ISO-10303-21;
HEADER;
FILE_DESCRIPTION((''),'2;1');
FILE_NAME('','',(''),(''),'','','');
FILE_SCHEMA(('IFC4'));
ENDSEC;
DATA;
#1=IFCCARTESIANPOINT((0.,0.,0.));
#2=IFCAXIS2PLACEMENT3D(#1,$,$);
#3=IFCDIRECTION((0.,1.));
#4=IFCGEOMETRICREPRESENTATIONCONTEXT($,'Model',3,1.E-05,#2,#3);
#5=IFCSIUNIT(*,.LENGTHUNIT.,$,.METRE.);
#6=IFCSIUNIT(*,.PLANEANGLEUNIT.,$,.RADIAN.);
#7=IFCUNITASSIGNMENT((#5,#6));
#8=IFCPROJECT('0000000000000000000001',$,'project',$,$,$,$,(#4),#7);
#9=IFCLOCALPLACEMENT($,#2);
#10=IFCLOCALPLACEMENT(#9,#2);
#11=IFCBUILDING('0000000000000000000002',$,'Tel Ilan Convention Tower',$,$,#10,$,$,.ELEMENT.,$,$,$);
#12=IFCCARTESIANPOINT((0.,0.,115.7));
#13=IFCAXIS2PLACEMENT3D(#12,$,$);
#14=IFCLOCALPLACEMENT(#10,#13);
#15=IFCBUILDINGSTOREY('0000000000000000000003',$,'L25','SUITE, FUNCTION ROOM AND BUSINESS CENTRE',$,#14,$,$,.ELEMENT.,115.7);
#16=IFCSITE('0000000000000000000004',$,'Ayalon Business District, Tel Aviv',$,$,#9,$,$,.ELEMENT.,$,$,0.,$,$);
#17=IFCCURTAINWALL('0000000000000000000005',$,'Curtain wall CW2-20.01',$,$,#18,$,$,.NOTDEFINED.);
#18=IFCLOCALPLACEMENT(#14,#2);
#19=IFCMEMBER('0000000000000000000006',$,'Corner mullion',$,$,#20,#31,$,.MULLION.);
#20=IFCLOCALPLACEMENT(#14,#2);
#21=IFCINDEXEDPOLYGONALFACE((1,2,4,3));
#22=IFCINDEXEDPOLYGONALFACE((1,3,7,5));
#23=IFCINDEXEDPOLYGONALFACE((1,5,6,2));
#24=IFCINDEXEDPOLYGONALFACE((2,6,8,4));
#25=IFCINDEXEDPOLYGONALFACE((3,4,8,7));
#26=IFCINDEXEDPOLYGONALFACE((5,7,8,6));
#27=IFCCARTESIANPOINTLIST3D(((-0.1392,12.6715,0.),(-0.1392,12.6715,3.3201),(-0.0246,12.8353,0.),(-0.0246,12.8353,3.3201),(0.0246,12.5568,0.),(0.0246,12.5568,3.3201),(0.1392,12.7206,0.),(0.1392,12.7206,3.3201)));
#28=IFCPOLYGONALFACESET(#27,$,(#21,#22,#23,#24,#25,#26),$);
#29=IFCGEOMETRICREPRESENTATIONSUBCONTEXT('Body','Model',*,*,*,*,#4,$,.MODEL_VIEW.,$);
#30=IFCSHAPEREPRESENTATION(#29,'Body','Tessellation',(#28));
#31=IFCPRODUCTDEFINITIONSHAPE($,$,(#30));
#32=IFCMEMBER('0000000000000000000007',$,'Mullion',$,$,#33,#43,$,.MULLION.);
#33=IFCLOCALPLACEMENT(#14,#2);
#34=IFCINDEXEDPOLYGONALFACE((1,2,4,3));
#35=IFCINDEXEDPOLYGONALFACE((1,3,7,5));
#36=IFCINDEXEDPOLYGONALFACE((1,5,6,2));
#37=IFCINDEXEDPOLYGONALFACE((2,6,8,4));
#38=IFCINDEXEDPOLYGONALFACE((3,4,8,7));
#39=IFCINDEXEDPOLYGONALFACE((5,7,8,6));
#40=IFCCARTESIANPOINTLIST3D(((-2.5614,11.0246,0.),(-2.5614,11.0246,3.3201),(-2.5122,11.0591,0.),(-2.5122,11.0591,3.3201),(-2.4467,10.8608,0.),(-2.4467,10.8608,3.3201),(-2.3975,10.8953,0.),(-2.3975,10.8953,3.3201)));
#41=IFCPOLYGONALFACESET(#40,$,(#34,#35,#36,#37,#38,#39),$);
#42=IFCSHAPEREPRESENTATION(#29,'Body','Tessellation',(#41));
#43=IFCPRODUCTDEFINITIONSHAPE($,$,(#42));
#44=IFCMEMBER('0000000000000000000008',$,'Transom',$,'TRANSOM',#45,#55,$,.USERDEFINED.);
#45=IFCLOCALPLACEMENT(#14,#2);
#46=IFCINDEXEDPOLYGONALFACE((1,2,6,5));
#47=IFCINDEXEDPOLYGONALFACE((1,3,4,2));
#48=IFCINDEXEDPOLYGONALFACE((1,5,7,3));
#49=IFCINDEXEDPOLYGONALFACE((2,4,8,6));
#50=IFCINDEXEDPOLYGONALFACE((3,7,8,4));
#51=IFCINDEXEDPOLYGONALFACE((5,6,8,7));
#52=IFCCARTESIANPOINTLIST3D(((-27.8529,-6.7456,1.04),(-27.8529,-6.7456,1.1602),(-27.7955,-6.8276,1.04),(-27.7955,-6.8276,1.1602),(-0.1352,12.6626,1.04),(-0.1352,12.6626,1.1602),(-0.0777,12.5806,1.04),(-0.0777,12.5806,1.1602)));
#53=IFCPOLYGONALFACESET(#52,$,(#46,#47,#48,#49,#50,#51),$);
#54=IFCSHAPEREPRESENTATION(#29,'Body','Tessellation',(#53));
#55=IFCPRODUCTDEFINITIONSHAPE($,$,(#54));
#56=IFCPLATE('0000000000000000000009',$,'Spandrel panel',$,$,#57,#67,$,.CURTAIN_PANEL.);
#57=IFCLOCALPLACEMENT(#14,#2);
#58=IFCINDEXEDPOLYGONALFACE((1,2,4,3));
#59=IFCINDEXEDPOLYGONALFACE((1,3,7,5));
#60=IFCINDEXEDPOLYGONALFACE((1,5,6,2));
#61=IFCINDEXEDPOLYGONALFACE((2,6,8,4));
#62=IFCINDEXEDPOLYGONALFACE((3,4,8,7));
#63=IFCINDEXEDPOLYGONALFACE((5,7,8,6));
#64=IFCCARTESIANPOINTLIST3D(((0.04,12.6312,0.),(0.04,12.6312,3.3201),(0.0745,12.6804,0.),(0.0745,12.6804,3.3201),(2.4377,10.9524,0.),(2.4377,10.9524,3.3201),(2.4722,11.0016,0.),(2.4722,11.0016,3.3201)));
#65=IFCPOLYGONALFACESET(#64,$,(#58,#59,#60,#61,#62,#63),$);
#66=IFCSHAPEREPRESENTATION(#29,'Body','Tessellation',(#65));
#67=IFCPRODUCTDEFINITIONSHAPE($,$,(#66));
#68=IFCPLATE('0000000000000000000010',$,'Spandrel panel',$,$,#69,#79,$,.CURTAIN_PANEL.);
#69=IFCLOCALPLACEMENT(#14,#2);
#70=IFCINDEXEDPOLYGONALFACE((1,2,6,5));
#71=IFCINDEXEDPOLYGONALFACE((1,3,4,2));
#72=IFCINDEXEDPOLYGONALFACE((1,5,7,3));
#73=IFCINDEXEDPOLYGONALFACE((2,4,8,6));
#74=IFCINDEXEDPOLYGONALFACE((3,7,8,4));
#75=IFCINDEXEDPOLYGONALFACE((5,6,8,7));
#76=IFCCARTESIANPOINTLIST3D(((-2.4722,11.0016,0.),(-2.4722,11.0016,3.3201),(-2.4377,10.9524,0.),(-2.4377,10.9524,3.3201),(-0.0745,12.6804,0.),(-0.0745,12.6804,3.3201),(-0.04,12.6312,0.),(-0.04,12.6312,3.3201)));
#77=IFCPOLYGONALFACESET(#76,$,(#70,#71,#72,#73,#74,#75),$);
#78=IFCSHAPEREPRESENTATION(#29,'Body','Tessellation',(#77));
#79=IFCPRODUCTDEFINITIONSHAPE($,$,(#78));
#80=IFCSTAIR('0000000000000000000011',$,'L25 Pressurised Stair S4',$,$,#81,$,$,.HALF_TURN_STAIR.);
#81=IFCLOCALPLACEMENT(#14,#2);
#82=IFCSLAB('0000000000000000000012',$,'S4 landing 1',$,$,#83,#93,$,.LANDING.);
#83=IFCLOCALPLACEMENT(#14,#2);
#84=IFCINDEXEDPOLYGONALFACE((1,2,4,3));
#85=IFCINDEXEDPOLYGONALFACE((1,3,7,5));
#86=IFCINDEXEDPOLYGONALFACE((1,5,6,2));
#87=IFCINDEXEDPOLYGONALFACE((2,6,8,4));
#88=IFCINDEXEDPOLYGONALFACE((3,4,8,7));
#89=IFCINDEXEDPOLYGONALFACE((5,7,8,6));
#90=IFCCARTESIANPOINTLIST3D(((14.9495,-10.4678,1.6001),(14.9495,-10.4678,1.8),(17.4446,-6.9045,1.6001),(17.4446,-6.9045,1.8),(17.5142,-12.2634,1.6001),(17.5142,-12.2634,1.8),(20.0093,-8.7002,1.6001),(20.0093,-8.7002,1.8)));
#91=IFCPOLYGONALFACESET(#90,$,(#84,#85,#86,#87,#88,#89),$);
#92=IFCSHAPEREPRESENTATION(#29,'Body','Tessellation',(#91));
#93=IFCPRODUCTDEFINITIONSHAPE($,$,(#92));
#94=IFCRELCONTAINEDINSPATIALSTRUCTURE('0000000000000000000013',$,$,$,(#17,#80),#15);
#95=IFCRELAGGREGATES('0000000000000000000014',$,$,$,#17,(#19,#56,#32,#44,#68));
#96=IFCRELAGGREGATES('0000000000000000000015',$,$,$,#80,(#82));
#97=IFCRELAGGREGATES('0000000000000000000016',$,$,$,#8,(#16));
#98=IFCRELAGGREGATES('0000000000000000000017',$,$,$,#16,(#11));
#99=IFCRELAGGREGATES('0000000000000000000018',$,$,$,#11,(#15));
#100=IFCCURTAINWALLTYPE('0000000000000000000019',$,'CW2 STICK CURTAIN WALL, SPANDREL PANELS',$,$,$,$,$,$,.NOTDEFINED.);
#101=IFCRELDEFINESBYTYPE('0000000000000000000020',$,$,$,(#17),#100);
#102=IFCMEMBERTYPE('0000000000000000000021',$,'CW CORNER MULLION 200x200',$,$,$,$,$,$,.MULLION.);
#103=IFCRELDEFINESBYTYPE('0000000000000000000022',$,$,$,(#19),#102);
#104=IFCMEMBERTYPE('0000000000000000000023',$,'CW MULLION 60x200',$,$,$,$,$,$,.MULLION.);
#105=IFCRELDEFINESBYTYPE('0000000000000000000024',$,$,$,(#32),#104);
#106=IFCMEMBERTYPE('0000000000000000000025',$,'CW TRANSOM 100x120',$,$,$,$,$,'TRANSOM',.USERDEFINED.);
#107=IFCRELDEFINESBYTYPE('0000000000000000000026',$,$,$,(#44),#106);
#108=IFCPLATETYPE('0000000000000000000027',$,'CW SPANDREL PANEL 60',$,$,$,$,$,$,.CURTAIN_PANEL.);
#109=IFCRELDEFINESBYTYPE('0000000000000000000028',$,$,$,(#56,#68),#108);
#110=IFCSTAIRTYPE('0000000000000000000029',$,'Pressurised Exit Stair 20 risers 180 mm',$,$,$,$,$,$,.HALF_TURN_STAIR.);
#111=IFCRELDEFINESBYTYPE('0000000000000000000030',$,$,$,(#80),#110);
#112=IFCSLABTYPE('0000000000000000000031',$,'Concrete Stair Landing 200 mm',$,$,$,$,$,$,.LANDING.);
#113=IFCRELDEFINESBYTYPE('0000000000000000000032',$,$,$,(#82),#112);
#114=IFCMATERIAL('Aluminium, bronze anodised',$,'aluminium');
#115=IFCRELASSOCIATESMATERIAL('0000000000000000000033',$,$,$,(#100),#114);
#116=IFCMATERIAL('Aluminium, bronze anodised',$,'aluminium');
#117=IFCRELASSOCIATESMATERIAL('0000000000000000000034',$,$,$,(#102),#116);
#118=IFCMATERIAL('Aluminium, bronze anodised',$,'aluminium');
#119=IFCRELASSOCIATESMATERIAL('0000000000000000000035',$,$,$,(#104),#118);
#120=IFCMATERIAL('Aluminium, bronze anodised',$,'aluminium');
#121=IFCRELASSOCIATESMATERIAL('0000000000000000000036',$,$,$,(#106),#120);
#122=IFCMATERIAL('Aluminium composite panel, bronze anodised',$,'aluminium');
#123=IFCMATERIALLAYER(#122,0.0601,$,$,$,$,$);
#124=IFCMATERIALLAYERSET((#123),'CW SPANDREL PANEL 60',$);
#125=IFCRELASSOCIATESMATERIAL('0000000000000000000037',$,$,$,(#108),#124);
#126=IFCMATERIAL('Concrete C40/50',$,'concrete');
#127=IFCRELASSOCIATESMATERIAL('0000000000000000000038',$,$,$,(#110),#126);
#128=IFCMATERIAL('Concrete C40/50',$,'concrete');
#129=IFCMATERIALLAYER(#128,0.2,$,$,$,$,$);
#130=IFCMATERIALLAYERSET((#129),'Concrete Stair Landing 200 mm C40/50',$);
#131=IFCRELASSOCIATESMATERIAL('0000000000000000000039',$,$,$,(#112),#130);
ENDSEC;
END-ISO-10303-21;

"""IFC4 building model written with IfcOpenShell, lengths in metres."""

from ifc_helpers import new_model, si_unit, direction, frame, origin, origin_2d, place, context, subcontext, project, spatial, polyline, rectangle, outline, extrude, material, layer, layer_set, material_profile, profile_set, type_object, element, aggregate, save


model = new_model("IFC4")

# Units and contexts
model_context = context("Model", 3, precision=1e-05, world=origin(), true_north=direction((0.0, 1.0)))
body_context = subcontext(model_context, "Body", "Model", "MODEL_VIEW")
ifc_project = project(units=[si_unit("LENGTHUNIT", "METRE"), si_unit("PLANEANGLEUNIT", "RADIAN")], contexts=[model_context])

# Site, building, storey
site_placement = place(None, origin())
site = spatial("IfcSite", under=ifc_project, at=site_placement, Name="Ayalon Business District, Tel Aviv", CompositionType="ELEMENT", RefElevation=0.0)
building_placement = place(site_placement, origin())
building = spatial("IfcBuilding", under=site, at=building_placement, Name="Tel Ilan Convention Tower", CompositionType="ELEMENT")
storey_placement = place(building_placement, frame((0.0, 0.0, 115.7)))
storey = spatial("IfcBuildingStorey", under=building, at=storey_placement, Name="L25", Description="SUITE, FUNCTION ROOM AND BUSINESS CENTRE", CompositionType="ELEMENT", Elevation=115.7)

# Curtain wall, members, plates
ifc_material_1 = material(Name="Aluminium, bronze anodised", Category="aluminium")
curtain_wall_type = type_object("IfcCurtainWallType", Name="CW2 STICK CURTAIN WALL, SPANDREL PANELS", PredefinedType="NOTDEFINED", material=ifc_material_1)
curtain_wall_placement = place(storey_placement, origin())
curtain_wall = element("IfcCurtainWall", 1, at=curtain_wall_placement, inside=storey, type_object=curtain_wall_type, Name="Curtain wall CW2-20.01", PredefinedType="NOTDEFINED")
ifc_material_2 = material(Name="Aluminium, bronze anodised", Category="aluminium")
ifc_material_profile_1 = material_profile(ifc_material_2, rectangle(XDim=0.2, YDim=0.2, at=origin_2d()), Name="CW CORNER MULLION 200x200")
ifc_profile_set_1 = profile_set([ifc_material_profile_1], Name="Aluminium, bronze anodised")
member_type_1 = type_object("IfcMemberType", Name="CW CORNER MULLION 200x200", PredefinedType="MULLION", material=ifc_profile_set_1)
member_1_placement = place(storey_placement, frame((0.0, 12.696, 0.0), z_axis=(0.0, 0.0, 1.0), x_axis=(-0.819152, 0.573576, 0.0)))
member_1 = element("IfcMember", 2, at=member_1_placement, type_object=member_type_1, Name="Corner mullion", PredefinedType="MULLION", context=body_context, shape_type="SweptSolid", body=[
    extrude(rectangle(XDim=0.2, YDim=0.2, at=origin_2d()), origin(), (0.0, 0.0, 1.0), 3.3201),
])
ifc_material_3 = material(Name="Aluminium, bronze anodised", Category="aluminium")
ifc_material_profile_2 = material_profile(ifc_material_3, rectangle(XDim=0.0601, YDim=0.2, at=origin_2d()), Name="CW MULLION 60x200")
ifc_profile_set_2 = profile_set([ifc_material_profile_2], Name="Aluminium, bronze anodised")
member_type_2 = type_object("IfcMemberType", Name="CW MULLION 60x200", PredefinedType="MULLION", material=ifc_profile_set_2)
member_2_placement = place(storey_placement, frame((-2.4795, 10.96, 0.0), z_axis=(0.0, 0.0, 1.0), x_axis=(-0.819152, -0.573576, 0.0)))
member_2 = element("IfcMember", 3, at=member_2_placement, type_object=member_type_2, Name="Mullion", PredefinedType="MULLION", context=body_context, shape_type="SweptSolid", body=[
    extrude(rectangle(XDim=0.0601, YDim=0.2, at=origin_2d()), origin(), (0.0, 0.0, 1.0), 3.3201),
])
ifc_material_4 = material(Name="Aluminium, bronze anodised", Category="aluminium")
ifc_material_profile_3 = material_profile(ifc_material_4, rectangle(XDim=0.1001, YDim=0.1201, at=origin_2d()), Name="CW TRANSOM 100x120")
ifc_profile_set_3 = profile_set([ifc_material_profile_3], Name="Aluminium, bronze anodised")
member_type_3 = type_object("IfcMemberType", Name="CW TRANSOM 100x120", ElementType="TRANSOM", PredefinedType="USERDEFINED", material=ifc_profile_set_3)
member_3_placement = place(storey_placement, frame((-0.1064, 12.6216, 1.1001), z_axis=(-0.819152, -0.573577, 0.0), x_axis=(0.573577, -0.819152, 0.0)))
member_3 = element("IfcMember", 4, at=member_3_placement, type_object=member_type_3, Name="Transom", ObjectType="TRANSOM", PredefinedType="USERDEFINED", context=body_context, shape_type="SweptSolid", body=[
    extrude(rectangle(XDim=0.1001, YDim=0.1201, at=origin_2d()), origin(), (0.0, 0.0, 1.0), 33.8372),
])
ifc_material_5 = material(Name="Aluminium composite panel, bronze anodised", Category="aluminium")
ifc_layer_1 = layer(ifc_material_5, 0.0601)
ifc_layer_set_1 = layer_set([ifc_layer_1], Name="CW SPANDREL PANEL 60")
plate_type = type_object("IfcPlateType", Name="CW SPANDREL PANEL 60", PredefinedType="CURTAIN_PANEL", material=ifc_layer_set_1)
plate_1_placement = place(storey_placement, frame((1.2561, 11.8164, 0.0), z_axis=(0.0, 0.0, 1.0), x_axis=(-0.819152, 0.573576, 0.0)))
plate_1 = element("IfcPlate", 5, at=plate_1_placement, type_object=plate_type, Name="Spandrel panel", PredefinedType="CURTAIN_PANEL", context=body_context, shape_type="SweptSolid", body=[
    extrude(rectangle(XDim=2.927, YDim=0.0601, at=origin_2d()), origin(), (0.0, 0.0, 1.0), 3.3201),
])
plate_2_placement = place(storey_placement, frame((-1.2561, 11.8164, 0.0), z_axis=(0.0, 0.0, 1.0), x_axis=(-0.819152, -0.573576, 0.0)))
plate_2 = element("IfcPlate", 6, at=plate_2_placement, type_object=plate_type, Name="Spandrel panel", PredefinedType="CURTAIN_PANEL", context=body_context, shape_type="SweptSolid", body=[
    extrude(rectangle(XDim=2.927, YDim=0.0601, at=origin_2d()), origin(), (0.0, 0.0, 1.0), 3.3201),
])
aggregate(curtain_wall, [member_1, plate_1, member_2, member_3, plate_2])

# Stair, slab
ifc_material_6 = material(Name="Concrete C40/50", Category="concrete")
stair_type = type_object("IfcStairType", Name="Pressurised Exit Stair 20 risers 180 mm", PredefinedType="HALF_TURN_STAIR", material=ifc_material_6)
stair_placement = place(storey_placement, origin())
stair = element("IfcStair", 7, at=stair_placement, inside=storey, type_object=stair_type, Name="L25 Pressurised Stair S4", PredefinedType="HALF_TURN_STAIR")
ifc_material_7 = material(Name="Concrete C40/50", Category="concrete")
ifc_layer_2 = layer(ifc_material_7, 0.2)
ifc_layer_set_2 = layer_set([ifc_layer_2], Name="Concrete Stair Landing 200 mm C40/50")
slab_type_1 = type_object("IfcSlabType", Name="Concrete Stair Landing 200 mm", PredefinedType="LANDING", material=ifc_layer_set_2)
slab_1_placement = place(storey_placement, frame((0.0, 0.0, 1.6001)))
slab_1 = element("IfcSlab", 8, at=slab_1_placement, type_object=slab_type_1, Name="S4 landing 1", PredefinedType="LANDING", context=body_context, shape_type="SweptSolid", body=[
    extrude(outline(polyline([(20.0093, -8.7002), (17.4446, -6.9045), (14.9495, -10.4678), (17.5142, -12.2634), (20.0093, -8.7002)])), origin(), (0.0, 0.0, 1.0), 0.2),
])
aggregate(stair, [slab_1])

save(model, "model.ifc")
